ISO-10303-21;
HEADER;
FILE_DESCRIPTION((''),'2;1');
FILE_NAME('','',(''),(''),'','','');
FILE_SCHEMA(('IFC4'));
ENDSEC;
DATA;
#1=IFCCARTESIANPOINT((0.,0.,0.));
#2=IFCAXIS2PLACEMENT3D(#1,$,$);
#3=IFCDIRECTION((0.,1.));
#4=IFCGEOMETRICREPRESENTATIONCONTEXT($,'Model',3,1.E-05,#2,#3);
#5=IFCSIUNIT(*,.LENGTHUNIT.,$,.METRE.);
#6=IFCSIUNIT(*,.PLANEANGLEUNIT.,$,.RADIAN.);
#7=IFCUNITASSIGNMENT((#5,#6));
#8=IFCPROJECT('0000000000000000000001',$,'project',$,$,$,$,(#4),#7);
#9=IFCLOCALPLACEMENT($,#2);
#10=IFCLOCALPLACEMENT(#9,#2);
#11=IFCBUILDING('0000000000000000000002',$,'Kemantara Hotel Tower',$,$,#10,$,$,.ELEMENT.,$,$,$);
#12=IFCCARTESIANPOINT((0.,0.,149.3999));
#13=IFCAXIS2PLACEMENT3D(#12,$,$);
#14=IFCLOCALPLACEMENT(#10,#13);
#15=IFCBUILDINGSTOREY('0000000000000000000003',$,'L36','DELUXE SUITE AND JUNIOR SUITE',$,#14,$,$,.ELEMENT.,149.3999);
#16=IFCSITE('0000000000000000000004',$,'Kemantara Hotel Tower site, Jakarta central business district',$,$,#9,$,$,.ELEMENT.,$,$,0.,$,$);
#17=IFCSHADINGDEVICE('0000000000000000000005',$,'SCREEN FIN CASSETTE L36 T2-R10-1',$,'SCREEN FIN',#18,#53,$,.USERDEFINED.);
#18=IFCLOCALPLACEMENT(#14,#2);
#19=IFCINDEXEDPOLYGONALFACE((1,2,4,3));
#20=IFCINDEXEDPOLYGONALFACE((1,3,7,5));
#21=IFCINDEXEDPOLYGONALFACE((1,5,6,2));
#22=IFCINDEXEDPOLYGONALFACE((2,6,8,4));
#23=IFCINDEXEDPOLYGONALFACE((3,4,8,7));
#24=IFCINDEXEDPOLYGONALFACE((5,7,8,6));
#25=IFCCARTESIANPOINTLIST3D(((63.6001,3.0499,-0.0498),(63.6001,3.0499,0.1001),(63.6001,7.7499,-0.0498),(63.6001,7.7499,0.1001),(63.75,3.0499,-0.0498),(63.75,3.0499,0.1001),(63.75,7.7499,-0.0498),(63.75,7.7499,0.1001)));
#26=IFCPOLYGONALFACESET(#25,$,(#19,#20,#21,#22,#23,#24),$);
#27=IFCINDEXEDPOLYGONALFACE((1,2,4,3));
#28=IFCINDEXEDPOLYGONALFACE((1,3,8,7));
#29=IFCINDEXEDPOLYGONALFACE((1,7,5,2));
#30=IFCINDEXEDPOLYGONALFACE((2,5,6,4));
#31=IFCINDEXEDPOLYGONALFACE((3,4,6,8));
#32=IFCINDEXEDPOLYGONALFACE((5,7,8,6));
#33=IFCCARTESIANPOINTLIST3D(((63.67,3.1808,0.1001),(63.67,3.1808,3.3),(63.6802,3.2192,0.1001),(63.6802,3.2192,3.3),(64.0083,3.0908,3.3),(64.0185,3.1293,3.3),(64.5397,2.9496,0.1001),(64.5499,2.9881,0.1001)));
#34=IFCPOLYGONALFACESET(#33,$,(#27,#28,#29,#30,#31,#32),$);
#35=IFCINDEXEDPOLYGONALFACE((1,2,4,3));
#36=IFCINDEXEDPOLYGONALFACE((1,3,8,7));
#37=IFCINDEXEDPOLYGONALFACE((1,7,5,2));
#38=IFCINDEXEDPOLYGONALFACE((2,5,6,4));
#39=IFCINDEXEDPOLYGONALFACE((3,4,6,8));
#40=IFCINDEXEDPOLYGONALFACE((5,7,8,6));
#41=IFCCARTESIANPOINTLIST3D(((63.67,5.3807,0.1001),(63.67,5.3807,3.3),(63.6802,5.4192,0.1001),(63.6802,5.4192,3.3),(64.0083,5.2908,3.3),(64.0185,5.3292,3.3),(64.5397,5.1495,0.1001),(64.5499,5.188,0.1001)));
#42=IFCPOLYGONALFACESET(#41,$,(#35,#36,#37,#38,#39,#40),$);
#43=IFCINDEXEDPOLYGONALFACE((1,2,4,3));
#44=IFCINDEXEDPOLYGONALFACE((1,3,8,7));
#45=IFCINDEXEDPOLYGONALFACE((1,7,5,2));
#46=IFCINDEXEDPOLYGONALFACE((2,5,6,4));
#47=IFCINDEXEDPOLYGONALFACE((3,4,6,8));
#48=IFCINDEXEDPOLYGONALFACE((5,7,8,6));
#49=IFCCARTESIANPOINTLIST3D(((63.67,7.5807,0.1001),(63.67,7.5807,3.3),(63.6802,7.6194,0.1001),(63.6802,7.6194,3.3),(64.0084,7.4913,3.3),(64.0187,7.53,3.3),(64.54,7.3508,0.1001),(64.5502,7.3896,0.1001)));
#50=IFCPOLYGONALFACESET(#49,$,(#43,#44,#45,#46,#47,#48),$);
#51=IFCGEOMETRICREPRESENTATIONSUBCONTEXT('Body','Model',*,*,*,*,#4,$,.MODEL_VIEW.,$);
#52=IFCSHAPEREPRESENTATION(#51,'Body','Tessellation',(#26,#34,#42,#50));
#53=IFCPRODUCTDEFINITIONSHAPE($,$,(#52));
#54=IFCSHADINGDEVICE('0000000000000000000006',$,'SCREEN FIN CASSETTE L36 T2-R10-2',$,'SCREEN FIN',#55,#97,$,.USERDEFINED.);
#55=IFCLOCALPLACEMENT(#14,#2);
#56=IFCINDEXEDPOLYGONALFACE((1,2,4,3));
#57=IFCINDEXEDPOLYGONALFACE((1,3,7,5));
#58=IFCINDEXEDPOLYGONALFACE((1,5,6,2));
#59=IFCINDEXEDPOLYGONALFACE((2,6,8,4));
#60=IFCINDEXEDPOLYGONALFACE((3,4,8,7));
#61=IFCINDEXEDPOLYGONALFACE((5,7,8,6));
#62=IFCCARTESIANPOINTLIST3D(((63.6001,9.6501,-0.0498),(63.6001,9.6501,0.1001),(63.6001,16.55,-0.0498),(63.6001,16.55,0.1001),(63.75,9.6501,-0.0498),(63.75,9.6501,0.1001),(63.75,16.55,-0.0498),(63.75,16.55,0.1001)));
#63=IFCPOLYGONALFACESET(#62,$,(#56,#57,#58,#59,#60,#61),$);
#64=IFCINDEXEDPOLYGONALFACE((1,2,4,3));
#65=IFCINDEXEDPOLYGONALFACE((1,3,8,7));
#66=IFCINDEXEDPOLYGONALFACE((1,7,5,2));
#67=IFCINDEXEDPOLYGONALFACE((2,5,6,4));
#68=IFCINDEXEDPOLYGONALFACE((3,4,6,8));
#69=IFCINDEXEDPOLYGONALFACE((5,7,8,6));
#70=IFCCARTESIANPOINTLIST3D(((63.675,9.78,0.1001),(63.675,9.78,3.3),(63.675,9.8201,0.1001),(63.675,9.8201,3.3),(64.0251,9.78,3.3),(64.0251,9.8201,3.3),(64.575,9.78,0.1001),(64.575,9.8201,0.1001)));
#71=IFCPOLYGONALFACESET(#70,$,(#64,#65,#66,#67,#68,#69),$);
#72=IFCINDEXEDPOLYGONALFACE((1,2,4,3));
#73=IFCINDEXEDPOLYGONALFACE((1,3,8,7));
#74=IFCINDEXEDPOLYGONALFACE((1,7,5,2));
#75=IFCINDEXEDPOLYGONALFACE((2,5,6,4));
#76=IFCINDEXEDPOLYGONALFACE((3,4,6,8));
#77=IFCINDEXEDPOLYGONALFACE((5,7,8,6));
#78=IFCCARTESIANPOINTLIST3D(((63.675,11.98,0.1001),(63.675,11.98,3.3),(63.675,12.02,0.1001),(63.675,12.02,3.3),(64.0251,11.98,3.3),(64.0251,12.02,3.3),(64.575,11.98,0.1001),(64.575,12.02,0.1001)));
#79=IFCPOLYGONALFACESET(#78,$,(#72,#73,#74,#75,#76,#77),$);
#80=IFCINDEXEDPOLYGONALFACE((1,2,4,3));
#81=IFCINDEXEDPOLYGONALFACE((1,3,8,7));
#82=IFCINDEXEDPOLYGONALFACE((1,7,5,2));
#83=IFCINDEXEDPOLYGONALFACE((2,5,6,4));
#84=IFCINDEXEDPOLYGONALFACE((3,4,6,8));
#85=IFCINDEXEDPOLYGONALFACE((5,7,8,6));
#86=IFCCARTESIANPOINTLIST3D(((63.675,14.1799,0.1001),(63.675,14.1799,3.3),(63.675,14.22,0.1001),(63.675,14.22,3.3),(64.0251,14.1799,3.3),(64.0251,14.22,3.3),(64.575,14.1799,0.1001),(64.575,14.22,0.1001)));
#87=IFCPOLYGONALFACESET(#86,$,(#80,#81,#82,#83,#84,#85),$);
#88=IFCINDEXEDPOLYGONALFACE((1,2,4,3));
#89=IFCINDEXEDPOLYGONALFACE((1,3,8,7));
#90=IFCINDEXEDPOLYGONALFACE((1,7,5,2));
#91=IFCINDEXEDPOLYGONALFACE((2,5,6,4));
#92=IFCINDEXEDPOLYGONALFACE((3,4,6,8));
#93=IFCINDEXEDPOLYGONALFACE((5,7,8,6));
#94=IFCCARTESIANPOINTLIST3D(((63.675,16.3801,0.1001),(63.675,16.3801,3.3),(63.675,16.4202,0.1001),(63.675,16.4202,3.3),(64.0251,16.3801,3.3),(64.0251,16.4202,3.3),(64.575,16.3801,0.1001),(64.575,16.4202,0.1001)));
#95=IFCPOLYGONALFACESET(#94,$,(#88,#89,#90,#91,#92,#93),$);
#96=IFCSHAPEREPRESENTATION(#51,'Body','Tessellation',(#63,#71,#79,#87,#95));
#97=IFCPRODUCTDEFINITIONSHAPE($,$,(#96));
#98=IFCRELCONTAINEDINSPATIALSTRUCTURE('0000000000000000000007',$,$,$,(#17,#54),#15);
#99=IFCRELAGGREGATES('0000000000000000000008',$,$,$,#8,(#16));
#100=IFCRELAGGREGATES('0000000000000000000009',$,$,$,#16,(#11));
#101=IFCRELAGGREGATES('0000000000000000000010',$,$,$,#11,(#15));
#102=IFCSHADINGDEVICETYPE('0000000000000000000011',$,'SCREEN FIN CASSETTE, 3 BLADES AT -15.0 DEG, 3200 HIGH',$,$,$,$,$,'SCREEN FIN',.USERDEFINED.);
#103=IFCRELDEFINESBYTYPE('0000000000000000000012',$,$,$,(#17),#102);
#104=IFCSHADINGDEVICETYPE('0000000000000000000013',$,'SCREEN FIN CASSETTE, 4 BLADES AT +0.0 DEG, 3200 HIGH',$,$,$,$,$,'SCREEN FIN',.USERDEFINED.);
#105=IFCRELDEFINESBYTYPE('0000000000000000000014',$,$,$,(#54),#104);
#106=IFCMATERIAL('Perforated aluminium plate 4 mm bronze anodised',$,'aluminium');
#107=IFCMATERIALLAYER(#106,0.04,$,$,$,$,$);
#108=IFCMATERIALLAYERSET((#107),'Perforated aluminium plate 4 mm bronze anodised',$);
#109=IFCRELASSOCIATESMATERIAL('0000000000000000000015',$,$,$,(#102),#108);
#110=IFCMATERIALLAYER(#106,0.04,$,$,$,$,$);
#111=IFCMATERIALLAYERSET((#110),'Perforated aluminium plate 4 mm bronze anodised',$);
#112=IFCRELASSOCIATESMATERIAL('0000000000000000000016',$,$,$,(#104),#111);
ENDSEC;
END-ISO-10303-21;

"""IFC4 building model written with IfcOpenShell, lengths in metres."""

from ifc_helpers import new_model, si_unit, direction, frame, origin, origin_2d, place, context, subcontext, project, spatial, polyline, rectangle, outline, extrude, source, transform, mapped, material, layer, layer_set, type_object, element, save


model = new_model("IFC4")

# Units and contexts
model_context = context("Model", 3, precision=1e-05, world=origin(), true_north=direction((0.0, 1.0)))
body_context = subcontext(model_context, "Body", "Model", "MODEL_VIEW")
ifc_project = project(units=[si_unit("LENGTHUNIT", "METRE"), si_unit("PLANEANGLEUNIT", "RADIAN")], contexts=[model_context])

# Site, building, storey
site_placement = place(None, origin())
site = spatial("IfcSite", under=ifc_project, at=site_placement, Name="Kemantara Hotel Tower site, Jakarta central business district", CompositionType="ELEMENT", RefElevation=0.0)
building_placement = place(site_placement, origin())
building = spatial("IfcBuilding", under=site, at=building_placement, Name="Kemantara Hotel Tower", CompositionType="ELEMENT")
storey_placement = place(building_placement, frame((0.0, 0.0, 149.3999)))
storey = spatial("IfcBuildingStorey", under=building, at=storey_placement, Name="L36", Description="DELUXE SUITE AND JUNIOR SUITE", CompositionType="ELEMENT", Elevation=149.3999)

# Shading devices
ifc_material_1 = material(Name="Perforated aluminium plate 4 mm bronze anodised", Category="aluminium")
ifc_layer_1 = layer(ifc_material_1, 0.04)
ifc_layer_set_1 = layer_set([ifc_layer_1], Name="Perforated aluminium plate 4 mm bronze anodised")
shading_device_type_1 = type_object("IfcShadingDeviceType", Name="SCREEN FIN CASSETTE, 3 BLADES AT -15.0 DEG, 3200 HIGH", ElementType="SCREEN FIN", PredefinedType="USERDEFINED", material=ifc_layer_set_1)
shared_shape_1 = source(origin(), body_context, "Body", "SweptSolid", [
    extrude(rectangle(XDim=4.7, YDim=0.1499, at=origin_2d()), frame((2.2, -0.075, -0.1499), z_axis=(0.0, 0.0, 1.0), x_axis=(1.0, 0.0, 0.0)), (0.0, 0.0, 1.0), 0.1499),
    extrude(outline(polyline([(0.0, 0.0), (0.8999, 0.0), (0.3501, 3.2), (0.0, 3.2), (0.0, 0.0)])), frame((0.0193, -0.0801, 0.0), z_axis=(-0.966438, 0.256901, 0.0), x_axis=(-0.256901, -0.966438, 0.0)), (0.0, 0.0, 1.0), 0.0398),
    extrude(outline(polyline([(0.0, 0.0), (0.8999, 0.0), (0.3501, 3.2), (0.0, 3.2), (0.0, 0.0)])), frame((2.2192, -0.0801, 0.0), z_axis=(-0.966438, 0.256901, 0.0), x_axis=(-0.256901, -0.966438, 0.0)), (0.0, 0.0, 1.0), 0.0398),
    extrude(outline(polyline([(0.0, 0.0), (0.8999, 0.0), (0.3501, 3.2), (0.0, 3.2), (0.0, 0.0)])), frame((4.4194, -0.0801, 0.0), z_axis=(-0.966838, 0.255391, 0.0), x_axis=(-0.255391, -0.966838, 0.0)), (0.0, 0.0, 1.0), 0.04),
])
shading_device_1_placement = place(storey_placement, frame((63.6001, 3.2, 0.1001), z_axis=(0.0, 0.0, 1.0), x_axis=(0.0, 1.0, 0.0)))
element("IfcShadingDevice", 1, at=shading_device_1_placement, inside=storey, type_object=shading_device_type_1, Name="SCREEN FIN CASSETTE L36 T2-R10-1", ObjectType="SCREEN FIN", PredefinedType="USERDEFINED", context=body_context, shape_type="MappedRepresentation", body=[
    mapped(shared_shape_1, transform((0.0, 0.0, 0.0))),
])
ifc_layer_2 = layer(ifc_material_1, 0.04)
ifc_layer_set_2 = layer_set([ifc_layer_2], Name="Perforated aluminium plate 4 mm bronze anodised")
shading_device_type_2 = type_object("IfcShadingDeviceType", Name="SCREEN FIN CASSETTE, 4 BLADES AT +0.0 DEG, 3200 HIGH", ElementType="SCREEN FIN", PredefinedType="USERDEFINED", material=ifc_layer_set_2)
shared_shape_2 = source(origin(), body_context, "Body", "SweptSolid", [
    extrude(rectangle(XDim=6.8999, YDim=0.1499, at=origin_2d()), frame((3.3, -0.075, -0.1499), z_axis=(0.0, 0.0, 1.0), x_axis=(1.0, 0.0, 0.0)), (0.0, 0.0, 1.0), 0.1499),
    extrude(outline(polyline([(0.0, 0.0), (0.8999, 0.0), (0.3501, 3.2), (0.0, 3.2), (0.0, 0.0)])), frame((0.02, -0.075, 0.0), z_axis=(-1.0, 0.0, 0.0), x_axis=(0.0, -1.0, 0.0)), (0.0, 0.0, 1.0), 0.04),
    extrude(outline(polyline([(0.0, 0.0), (0.8999, 0.0), (0.3501, 3.2), (0.0, 3.2), (0.0, 0.0)])), frame((2.22, -0.075, 0.0), z_axis=(-1.0, 0.0, 0.0), x_axis=(0.0, -1.0, 0.0)), (0.0, 0.0, 1.0), 0.04),
    extrude(outline(polyline([(0.0, 0.0), (0.8999, 0.0), (0.3501, 3.2), (0.0, 3.2), (0.0, 0.0)])), frame((4.4199, -0.075, 0.0), z_axis=(-1.0, 0.0, 0.0), x_axis=(0.0, -1.0, 0.0)), (0.0, 0.0, 1.0), 0.04),
    extrude(outline(polyline([(0.0, 0.0), (0.8999, 0.0), (0.3501, 3.2), (0.0, 3.2), (0.0, 0.0)])), frame((6.6201, -0.075, 0.0), z_axis=(-1.0, 0.0, 0.0), x_axis=(0.0, -1.0, 0.0)), (0.0, 0.0, 1.0), 0.04),
])
shading_device_2_placement = place(storey_placement, frame((63.6001, 9.8, 0.1001), z_axis=(0.0, 0.0, 1.0), x_axis=(0.0, 1.0, 0.0)))
element("IfcShadingDevice", 2, at=shading_device_2_placement, inside=storey, type_object=shading_device_type_2, Name="SCREEN FIN CASSETTE L36 T2-R10-2", ObjectType="SCREEN FIN", PredefinedType="USERDEFINED", context=body_context, shape_type="MappedRepresentation", body=[
    mapped(shared_shape_2, transform((0.0, 0.0, 0.0))),
])

save(model, "model.ifc")
